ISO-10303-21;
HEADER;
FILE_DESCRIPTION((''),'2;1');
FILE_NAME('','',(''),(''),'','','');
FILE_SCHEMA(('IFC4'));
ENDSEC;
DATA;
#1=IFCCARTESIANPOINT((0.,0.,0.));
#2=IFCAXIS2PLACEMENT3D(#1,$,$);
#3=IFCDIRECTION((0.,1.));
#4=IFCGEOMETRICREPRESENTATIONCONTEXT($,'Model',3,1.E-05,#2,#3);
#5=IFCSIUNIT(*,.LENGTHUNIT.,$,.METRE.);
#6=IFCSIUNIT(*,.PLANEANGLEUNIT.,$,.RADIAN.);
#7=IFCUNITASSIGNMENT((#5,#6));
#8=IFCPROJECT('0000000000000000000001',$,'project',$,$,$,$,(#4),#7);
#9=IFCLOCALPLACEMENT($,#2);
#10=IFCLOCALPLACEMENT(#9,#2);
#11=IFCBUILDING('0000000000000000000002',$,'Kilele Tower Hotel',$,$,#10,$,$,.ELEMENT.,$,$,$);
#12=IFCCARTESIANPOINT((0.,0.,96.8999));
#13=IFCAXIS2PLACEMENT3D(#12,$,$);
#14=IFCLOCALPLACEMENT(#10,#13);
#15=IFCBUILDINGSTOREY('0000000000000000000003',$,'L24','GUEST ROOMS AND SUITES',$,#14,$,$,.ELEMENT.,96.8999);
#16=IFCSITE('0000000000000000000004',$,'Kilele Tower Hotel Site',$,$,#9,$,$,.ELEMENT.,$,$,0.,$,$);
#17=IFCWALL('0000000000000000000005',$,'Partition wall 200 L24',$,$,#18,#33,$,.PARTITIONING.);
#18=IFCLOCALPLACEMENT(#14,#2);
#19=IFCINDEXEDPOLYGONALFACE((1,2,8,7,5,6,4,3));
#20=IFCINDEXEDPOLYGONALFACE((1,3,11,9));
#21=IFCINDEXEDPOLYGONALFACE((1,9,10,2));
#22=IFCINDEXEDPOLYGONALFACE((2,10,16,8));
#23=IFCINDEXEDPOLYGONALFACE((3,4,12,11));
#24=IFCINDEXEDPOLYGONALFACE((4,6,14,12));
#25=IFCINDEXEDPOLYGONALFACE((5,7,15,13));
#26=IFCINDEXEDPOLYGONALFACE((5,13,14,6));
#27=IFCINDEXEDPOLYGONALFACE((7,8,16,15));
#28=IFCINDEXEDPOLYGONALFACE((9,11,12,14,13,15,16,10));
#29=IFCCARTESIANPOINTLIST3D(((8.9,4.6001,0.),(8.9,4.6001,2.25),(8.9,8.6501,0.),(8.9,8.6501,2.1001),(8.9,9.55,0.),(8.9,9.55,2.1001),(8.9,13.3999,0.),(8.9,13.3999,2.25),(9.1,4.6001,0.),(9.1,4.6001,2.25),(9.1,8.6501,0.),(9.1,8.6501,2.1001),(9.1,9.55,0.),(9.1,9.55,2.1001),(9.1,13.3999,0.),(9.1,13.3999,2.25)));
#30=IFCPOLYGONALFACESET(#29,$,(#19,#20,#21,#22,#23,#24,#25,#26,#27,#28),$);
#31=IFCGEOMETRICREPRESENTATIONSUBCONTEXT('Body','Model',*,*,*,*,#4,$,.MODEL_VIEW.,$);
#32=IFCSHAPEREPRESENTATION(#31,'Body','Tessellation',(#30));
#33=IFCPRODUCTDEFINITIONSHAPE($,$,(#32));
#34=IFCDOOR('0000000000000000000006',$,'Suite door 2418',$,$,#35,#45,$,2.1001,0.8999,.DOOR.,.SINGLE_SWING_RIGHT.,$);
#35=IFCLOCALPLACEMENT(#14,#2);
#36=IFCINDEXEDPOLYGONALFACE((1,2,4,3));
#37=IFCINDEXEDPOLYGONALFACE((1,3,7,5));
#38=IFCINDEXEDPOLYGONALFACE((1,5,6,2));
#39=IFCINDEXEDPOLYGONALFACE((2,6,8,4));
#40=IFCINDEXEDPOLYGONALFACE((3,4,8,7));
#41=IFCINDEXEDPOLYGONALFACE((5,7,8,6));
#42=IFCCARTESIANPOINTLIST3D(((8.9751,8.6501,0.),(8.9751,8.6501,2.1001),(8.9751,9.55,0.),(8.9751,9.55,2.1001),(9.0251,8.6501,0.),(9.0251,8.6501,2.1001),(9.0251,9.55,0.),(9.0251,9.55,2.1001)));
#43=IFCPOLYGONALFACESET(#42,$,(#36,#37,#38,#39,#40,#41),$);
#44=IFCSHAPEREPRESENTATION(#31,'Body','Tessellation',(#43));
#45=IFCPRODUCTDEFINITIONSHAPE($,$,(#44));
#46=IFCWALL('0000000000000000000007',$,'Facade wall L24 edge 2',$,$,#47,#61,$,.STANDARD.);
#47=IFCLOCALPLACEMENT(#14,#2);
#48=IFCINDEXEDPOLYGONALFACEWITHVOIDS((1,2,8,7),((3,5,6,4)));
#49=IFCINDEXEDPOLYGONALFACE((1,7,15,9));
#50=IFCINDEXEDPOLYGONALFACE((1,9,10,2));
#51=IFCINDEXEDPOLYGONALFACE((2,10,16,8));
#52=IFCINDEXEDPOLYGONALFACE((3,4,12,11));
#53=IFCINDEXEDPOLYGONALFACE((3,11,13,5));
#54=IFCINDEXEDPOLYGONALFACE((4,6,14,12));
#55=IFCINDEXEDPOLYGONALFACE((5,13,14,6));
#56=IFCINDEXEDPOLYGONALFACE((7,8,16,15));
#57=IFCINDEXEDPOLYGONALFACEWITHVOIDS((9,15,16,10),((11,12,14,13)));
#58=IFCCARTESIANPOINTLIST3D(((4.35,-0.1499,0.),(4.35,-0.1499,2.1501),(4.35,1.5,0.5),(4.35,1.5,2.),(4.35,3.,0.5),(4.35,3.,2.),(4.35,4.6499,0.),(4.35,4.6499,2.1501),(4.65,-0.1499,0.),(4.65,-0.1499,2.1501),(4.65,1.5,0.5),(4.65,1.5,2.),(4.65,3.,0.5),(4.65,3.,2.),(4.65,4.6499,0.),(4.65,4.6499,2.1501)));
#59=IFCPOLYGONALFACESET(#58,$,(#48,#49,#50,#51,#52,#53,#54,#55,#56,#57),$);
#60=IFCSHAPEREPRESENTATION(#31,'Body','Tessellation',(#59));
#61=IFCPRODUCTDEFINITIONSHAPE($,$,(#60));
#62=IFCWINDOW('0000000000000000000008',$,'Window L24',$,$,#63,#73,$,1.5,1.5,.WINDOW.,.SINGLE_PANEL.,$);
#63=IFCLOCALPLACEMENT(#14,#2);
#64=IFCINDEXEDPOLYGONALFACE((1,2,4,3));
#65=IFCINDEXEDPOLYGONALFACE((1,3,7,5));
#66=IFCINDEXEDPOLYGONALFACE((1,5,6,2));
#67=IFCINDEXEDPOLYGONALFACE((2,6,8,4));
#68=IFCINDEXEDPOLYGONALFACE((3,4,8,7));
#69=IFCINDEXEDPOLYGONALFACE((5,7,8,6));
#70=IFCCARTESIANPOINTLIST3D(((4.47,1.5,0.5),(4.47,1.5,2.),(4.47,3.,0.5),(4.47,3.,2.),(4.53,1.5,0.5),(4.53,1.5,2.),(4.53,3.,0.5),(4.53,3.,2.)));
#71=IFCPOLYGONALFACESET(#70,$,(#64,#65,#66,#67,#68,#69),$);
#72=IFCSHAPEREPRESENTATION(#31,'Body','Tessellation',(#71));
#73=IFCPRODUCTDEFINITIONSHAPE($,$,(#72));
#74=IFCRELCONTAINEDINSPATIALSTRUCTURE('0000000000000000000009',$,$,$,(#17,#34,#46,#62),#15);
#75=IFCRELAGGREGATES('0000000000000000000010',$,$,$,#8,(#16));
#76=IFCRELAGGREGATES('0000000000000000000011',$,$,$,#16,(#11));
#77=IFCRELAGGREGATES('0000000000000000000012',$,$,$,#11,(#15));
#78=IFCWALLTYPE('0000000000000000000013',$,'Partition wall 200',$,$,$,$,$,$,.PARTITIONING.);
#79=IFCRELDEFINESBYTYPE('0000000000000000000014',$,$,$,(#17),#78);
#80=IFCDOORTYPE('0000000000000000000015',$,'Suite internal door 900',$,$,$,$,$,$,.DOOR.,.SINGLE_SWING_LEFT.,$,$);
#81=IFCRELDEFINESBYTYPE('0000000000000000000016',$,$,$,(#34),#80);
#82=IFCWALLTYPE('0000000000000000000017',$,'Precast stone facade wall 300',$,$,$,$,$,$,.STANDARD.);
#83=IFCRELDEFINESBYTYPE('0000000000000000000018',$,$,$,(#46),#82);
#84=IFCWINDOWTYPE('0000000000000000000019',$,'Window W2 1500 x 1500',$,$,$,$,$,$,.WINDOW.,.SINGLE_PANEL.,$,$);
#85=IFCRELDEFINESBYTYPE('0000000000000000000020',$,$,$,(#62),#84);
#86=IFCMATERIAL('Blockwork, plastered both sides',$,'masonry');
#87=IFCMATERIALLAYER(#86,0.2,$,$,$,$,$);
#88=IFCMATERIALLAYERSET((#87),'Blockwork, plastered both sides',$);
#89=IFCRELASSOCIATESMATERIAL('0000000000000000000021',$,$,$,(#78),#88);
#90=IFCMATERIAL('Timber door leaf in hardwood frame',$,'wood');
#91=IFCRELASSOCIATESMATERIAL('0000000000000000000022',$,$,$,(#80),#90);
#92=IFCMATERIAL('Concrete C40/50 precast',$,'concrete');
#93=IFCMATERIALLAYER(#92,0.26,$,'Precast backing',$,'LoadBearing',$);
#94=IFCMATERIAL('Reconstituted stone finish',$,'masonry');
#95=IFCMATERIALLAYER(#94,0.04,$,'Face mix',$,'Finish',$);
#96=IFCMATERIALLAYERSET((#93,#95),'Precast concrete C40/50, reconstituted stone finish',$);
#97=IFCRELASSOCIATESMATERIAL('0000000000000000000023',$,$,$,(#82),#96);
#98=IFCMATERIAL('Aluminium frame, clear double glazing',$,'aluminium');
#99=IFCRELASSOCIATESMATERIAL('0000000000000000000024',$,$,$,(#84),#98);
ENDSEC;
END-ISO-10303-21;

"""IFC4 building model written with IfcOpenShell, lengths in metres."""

from ifc_helpers import new_model, si_unit, direction, frame, frame_2d, origin, place, context, subcontext, project, spatial, rectangle, extrude, material, layer, layer_set, type_object, element, fill, save


model = new_model("IFC4")

# Units and contexts
model_context = context("Model", 3, precision=1e-05, world=origin(), true_north=direction((0.0, 1.0)))
body_context = subcontext(model_context, "Body", "Model", "MODEL_VIEW")
ifc_project = project(units=[si_unit("LENGTHUNIT", "METRE"), si_unit("PLANEANGLEUNIT", "RADIAN")], contexts=[model_context])

# Site, building, storey
site_placement = place(None, origin())
site = spatial("IfcSite", under=ifc_project, at=site_placement, Name="Kilele Tower Hotel Site", CompositionType="ELEMENT", RefElevation=0.0)
building_placement = place(site_placement, origin())
building = spatial("IfcBuilding", under=site, at=building_placement, Name="Kilele Tower Hotel", CompositionType="ELEMENT")
storey_placement = place(building_placement, frame((0.0, 0.0, 96.8999)))
storey = spatial("IfcBuildingStorey", under=building, at=storey_placement, Name="L24", Description="GUEST ROOMS AND SUITES", CompositionType="ELEMENT", Elevation=96.8999)

# Wall, opening, door
ifc_material_1 = material(Name="Blockwork, plastered both sides", Category="masonry")
ifc_layer_1 = layer(ifc_material_1, 0.2)
ifc_layer_set_1 = layer_set([ifc_layer_1], Name="Blockwork, plastered both sides")
wall_type_1 = type_object("IfcWallType", Name="Partition wall 200", PredefinedType="PARTITIONING", material=ifc_layer_set_1)
wall_1_placement = place(storey_placement, frame((9.0, 4.6001, 0.0), z_axis=(0.0, 0.0, 1.0), x_axis=(0.0, 1.0, 0.0)))
wall_1 = element("IfcWall", 1, at=wall_1_placement, inside=storey, type_object=wall_type_1, Name="Partition wall 200 L24", PredefinedType="PARTITIONING", context=body_context, shape_type="SweptSolid", body=[
    extrude(rectangle(XDim=8.7998, YDim=0.2, at=frame_2d((4.3999, 0.0))), origin(), (0.0, 0.0, 1.0), 2.25),
])
opening_1_placement = place(wall_1_placement, frame((4.05, 0.0, 0.0)))
opening_1 = element("IfcOpeningElement", 2, at=opening_1_placement, cuts=wall_1, PredefinedType="OPENING", context=body_context, shape_type="SweptSolid", body=[
    extrude(rectangle(XDim=0.8999, YDim=2.1001, at=frame_2d((0.45, 1.05))), frame((0.0, 0.1099, 0.0), z_axis=(0.0, -1.0, 0.0), x_axis=(1.0, 0.0, 0.0)), (0.0, 0.0, 1.0), 0.22),
])
ifc_material_2 = material(Name="Timber door leaf in hardwood frame", Category="wood")
door_type = type_object("IfcDoorType", Name="Suite internal door 900", OperationType="SINGLE_SWING_LEFT", PredefinedType="DOOR", material=ifc_material_2)
door_placement = place(opening_1_placement, origin())
door = element("IfcDoor", 3, at=door_placement, inside=storey, type_object=door_type, Name="Suite door 2418", OperationType="SINGLE_SWING_RIGHT", OverallHeight=2.1001, OverallWidth=0.8999, PredefinedType="DOOR", context=body_context, shape_type="SweptSolid", body=[
    extrude(rectangle(XDim=0.8999, YDim=2.1001, at=frame_2d((0.45, 1.05))), frame((0.0, 0.0249, 0.0), z_axis=(0.0, -1.0, 0.0), x_axis=(1.0, 0.0, 0.0)), (0.0, 0.0, 1.0), 0.05),
])
fill(opening_1, door)

# Wall, opening, window
ifc_material_3 = material(Name="Concrete C40/50 precast", Category="concrete")
ifc_layer_2 = layer(ifc_material_3, 0.26, Name="Precast backing", Category="LoadBearing")
ifc_material_4 = material(Name="Reconstituted stone finish", Category="masonry")
ifc_layer_3 = layer(ifc_material_4, 0.04, Name="Face mix", Category="Finish")
ifc_layer_set_2 = layer_set([ifc_layer_2, ifc_layer_3], Name="Precast concrete C40/50, reconstituted stone finish")
wall_type_2 = type_object("IfcWallType", Name="Precast stone facade wall 300", PredefinedType="STANDARD", material=ifc_layer_set_2)
wall_2_placement = place(storey_placement, frame((4.5, 4.6499, 0.0), z_axis=(0.0, 0.0, 1.0), x_axis=(0.0, -1.0, 0.0)))
wall_2 = element("IfcWall", 4, at=wall_2_placement, inside=storey, type_object=wall_type_2, Name="Facade wall L24 edge 2", PredefinedType="STANDARD", context=body_context, shape_type="SweptSolid", body=[
    extrude(rectangle(XDim=4.7998, YDim=0.3, at=frame_2d((2.3999, 0.0))), origin(), (0.0, 0.0, 1.0), 2.1501),
])
opening_2_placement = place(wall_2_placement, frame((1.6499, 0.0, 0.5)))
opening_2 = element("IfcOpeningElement", 5, at=opening_2_placement, cuts=wall_2, PredefinedType="OPENING", context=body_context, shape_type="SweptSolid", body=[
    extrude(rectangle(XDim=1.5, YDim=1.5, at=frame_2d((0.75, 0.75))), frame((0.0, 0.1599, 0.0), z_axis=(0.0, -1.0, 0.0), x_axis=(1.0, 0.0, 0.0)), (0.0, 0.0, 1.0), 0.3201),
])
ifc_material_5 = material(Name="Aluminium frame, clear double glazing", Category="aluminium")
window_type = type_object("IfcWindowType", Name="Window W2 1500 x 1500", PartitioningType="SINGLE_PANEL", PredefinedType="WINDOW", material=ifc_material_5)
window_placement = place(opening_2_placement, origin())
window = element("IfcWindow", 6, at=window_placement, inside=storey, type_object=window_type, Name="Window L24", OverallHeight=1.5, OverallWidth=1.5, PartitioningType="SINGLE_PANEL", PredefinedType="WINDOW", context=body_context, shape_type="SweptSolid", body=[
    extrude(rectangle(XDim=1.5, YDim=1.5, at=frame_2d((0.75, 0.75))), frame((0.0, 0.03, 0.0), z_axis=(0.0, -1.0, 0.0), x_axis=(1.0, 0.0, 0.0)), (0.0, 0.0, 1.0), 0.0601),
])
fill(opening_2, window)

save(model, "model.ifc")
